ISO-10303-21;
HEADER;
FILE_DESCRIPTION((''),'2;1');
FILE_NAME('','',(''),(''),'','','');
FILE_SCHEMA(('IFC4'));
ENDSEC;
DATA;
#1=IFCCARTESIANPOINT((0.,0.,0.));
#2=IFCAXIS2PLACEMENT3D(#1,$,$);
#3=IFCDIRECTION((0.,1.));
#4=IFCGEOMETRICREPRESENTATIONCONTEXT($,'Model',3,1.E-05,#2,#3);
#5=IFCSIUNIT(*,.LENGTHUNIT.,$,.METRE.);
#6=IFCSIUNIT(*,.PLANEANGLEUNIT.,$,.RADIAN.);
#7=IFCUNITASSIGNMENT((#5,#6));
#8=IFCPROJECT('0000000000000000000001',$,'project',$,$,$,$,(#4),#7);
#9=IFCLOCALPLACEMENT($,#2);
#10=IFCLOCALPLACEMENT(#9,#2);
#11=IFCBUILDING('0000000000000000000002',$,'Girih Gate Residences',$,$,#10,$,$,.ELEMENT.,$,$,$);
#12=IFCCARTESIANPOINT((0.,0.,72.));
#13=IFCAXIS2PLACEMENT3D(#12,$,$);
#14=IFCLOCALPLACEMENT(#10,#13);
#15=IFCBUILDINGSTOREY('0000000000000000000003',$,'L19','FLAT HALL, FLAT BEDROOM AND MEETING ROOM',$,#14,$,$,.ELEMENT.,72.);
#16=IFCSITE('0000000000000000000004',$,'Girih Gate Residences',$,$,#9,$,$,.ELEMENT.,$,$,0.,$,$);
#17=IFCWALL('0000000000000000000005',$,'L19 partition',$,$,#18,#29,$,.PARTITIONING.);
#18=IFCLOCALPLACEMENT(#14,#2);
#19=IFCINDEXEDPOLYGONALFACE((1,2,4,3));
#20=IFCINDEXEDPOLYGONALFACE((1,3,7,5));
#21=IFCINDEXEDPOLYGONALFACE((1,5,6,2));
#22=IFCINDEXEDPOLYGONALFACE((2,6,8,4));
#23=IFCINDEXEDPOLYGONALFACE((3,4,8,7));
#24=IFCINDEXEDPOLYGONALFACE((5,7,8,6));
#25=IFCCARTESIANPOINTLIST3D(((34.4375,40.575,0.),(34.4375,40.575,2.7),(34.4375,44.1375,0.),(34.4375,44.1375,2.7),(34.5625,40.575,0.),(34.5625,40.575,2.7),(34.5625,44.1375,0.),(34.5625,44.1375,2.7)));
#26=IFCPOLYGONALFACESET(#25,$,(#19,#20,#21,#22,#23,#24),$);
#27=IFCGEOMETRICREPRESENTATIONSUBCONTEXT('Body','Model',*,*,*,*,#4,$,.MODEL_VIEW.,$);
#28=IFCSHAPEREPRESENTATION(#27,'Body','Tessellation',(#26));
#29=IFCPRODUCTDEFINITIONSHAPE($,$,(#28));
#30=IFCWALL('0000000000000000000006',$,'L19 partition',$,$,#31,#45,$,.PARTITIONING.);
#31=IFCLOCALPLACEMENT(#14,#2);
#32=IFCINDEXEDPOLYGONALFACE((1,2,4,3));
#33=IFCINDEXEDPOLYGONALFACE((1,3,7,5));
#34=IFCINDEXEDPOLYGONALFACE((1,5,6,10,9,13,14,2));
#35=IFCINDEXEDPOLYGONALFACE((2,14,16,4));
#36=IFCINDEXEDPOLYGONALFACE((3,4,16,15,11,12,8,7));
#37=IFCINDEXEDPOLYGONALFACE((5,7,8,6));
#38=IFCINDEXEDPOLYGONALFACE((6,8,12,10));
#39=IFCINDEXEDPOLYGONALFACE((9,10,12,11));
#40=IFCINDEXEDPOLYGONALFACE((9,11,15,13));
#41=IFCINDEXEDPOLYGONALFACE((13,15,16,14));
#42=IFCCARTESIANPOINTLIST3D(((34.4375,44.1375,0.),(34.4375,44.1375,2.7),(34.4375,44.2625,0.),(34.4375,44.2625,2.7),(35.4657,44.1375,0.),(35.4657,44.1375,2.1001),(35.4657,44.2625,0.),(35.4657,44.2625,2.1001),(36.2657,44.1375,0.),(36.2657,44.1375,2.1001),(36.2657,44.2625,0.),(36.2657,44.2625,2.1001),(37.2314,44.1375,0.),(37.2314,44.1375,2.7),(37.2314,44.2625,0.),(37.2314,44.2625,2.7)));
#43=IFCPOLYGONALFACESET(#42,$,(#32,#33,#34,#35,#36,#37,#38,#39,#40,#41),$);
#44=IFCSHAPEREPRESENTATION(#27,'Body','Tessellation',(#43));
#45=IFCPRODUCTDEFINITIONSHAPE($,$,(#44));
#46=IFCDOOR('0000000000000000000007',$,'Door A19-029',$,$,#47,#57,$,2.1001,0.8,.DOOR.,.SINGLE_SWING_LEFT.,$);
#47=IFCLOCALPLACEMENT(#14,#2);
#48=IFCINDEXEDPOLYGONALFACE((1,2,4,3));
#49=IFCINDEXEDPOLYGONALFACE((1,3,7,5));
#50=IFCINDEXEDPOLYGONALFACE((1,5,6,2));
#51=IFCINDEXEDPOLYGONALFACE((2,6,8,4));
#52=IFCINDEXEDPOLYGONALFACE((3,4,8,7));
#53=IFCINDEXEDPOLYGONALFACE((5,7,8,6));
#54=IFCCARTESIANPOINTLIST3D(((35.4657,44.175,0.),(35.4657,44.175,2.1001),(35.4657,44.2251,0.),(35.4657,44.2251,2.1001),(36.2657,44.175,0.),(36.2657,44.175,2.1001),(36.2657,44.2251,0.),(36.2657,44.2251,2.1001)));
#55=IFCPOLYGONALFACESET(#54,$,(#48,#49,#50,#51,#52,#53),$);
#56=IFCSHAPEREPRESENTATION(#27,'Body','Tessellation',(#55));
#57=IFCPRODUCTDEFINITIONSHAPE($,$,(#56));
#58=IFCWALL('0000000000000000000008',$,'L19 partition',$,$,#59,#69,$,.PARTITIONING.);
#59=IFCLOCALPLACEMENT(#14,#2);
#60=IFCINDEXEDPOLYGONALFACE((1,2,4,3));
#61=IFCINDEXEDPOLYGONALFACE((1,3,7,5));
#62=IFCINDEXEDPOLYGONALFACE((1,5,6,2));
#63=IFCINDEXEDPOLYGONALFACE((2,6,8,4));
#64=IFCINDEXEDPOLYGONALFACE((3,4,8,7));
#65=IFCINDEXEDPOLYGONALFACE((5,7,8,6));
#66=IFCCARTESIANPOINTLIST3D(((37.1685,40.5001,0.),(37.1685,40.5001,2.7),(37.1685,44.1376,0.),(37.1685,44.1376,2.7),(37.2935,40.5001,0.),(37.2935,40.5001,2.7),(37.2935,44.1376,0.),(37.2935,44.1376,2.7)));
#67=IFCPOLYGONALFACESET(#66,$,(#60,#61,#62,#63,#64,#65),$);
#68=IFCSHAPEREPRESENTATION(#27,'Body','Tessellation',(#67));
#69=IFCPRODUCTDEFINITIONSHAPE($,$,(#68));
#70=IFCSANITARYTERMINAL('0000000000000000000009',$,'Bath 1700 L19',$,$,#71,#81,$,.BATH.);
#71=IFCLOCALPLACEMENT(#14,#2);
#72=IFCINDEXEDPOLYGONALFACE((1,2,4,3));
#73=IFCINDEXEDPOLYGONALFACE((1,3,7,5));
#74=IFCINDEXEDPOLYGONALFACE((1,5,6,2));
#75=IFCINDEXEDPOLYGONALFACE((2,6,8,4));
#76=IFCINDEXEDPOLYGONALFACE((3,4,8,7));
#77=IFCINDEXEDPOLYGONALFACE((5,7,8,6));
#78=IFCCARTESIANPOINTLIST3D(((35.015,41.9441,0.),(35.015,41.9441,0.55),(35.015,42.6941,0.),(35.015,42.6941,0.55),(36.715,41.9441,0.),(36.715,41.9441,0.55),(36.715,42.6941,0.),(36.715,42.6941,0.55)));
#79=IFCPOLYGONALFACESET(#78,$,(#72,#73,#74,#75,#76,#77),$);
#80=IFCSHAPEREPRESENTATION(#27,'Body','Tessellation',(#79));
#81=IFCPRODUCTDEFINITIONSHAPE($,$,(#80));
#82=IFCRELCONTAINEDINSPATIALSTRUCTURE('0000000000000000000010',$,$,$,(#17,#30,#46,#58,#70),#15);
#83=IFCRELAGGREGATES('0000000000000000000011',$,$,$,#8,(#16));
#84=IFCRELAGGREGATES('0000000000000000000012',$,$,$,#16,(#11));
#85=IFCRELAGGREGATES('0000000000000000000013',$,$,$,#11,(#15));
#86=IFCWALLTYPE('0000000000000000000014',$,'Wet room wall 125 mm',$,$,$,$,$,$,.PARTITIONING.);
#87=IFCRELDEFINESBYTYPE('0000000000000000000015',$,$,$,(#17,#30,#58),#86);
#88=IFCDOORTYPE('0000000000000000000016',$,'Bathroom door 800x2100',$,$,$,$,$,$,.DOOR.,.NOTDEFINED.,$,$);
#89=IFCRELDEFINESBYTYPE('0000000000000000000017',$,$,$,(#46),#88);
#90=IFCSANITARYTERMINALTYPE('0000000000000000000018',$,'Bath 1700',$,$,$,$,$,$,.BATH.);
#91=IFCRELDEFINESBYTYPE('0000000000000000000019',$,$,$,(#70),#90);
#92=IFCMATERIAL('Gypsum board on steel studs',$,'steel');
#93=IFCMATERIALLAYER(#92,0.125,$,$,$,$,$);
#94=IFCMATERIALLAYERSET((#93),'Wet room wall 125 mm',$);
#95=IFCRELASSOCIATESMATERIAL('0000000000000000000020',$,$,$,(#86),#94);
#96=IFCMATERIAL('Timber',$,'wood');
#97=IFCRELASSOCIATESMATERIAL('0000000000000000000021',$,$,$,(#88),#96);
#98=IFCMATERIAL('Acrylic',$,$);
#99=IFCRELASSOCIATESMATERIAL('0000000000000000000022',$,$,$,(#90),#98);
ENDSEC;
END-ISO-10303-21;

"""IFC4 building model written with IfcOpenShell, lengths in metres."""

from ifc_helpers import new_model, si_unit, direction, frame, frame_2d, origin, origin_2d, place, context, subcontext, project, spatial, rectangle, extrude, material, layer, layer_set, type_object, element, fill, save


model = new_model("IFC4")

# Units and contexts
model_context = context("Model", 3, precision=1e-05, world=origin(), true_north=direction((0.0, 1.0)))
body_context = subcontext(model_context, "Body", "Model", "MODEL_VIEW")
ifc_project = project(units=[si_unit("LENGTHUNIT", "METRE"), si_unit("PLANEANGLEUNIT", "RADIAN")], contexts=[model_context])

# Site, building, storey
site_placement = place(None, origin())
site = spatial("IfcSite", under=ifc_project, at=site_placement, Name="Girih Gate Residences", CompositionType="ELEMENT", RefElevation=0.0)
building_placement = place(site_placement, origin())
building = spatial("IfcBuilding", under=site, at=building_placement, Name="Girih Gate Residences", CompositionType="ELEMENT")
storey_placement = place(building_placement, frame((0.0, 0.0, 72.0)))
storey = spatial("IfcBuildingStorey", under=building, at=storey_placement, Name="L19", Description="FLAT HALL, FLAT BEDROOM AND MEETING ROOM", CompositionType="ELEMENT", Elevation=72.0)

# Shared definitions
ifc_material_1 = material(Name="Gypsum board on steel studs", Category="steel")

# Shared definitions
ifc_material_2 = material(Name="Timber", Category="wood")

# Wall
ifc_layer_1 = layer(ifc_material_1, 0.125)
ifc_layer_set_1 = layer_set([ifc_layer_1], Name="Wet room wall 125 mm")
wall_type_1 = type_object("IfcWallType", Name="Wet room wall 125 mm", PredefinedType="PARTITIONING", material=ifc_layer_set_1)
wall_1_placement = place(storey_placement, frame((34.5, 40.575, 0.0), z_axis=(0.0, 0.0, 1.0), x_axis=(0.0, 1.0, 0.0)))
element("IfcWall", 1, at=wall_1_placement, inside=storey, type_object=wall_type_1, Name="L19 partition", PredefinedType="PARTITIONING", context=body_context, shape_type="SweptSolid", body=[
    extrude(rectangle(XDim=3.5625, YDim=0.125, at=frame_2d((1.7812, 0.0))), origin(), (0.0, 0.0, 1.0), 2.7),
])

# Wall, opening, door
wall_2_placement = place(storey_placement, frame((37.2314, 44.2, 0.0), z_axis=(0.0, 0.0, 1.0), x_axis=(-1.0, 0.0, 0.0)))
wall_2 = element("IfcWall", 2, at=wall_2_placement, inside=storey, type_object=wall_type_1, Name="L19 partition", PredefinedType="PARTITIONING", context=body_context, shape_type="SweptSolid", body=[
    extrude(rectangle(XDim=2.7939, YDim=0.125, at=frame_2d((1.397, 0.0))), origin(), (0.0, 0.0, 1.0), 2.7),
])
opening_1_placement = place(wall_2_placement, frame((0.9658, 0.0, 0.0)))
opening_1 = element("IfcOpeningElement", 3, at=opening_1_placement, cuts=wall_2, PredefinedType="OPENING", context=body_context, shape_type="SweptSolid", body=[
    extrude(rectangle(XDim=0.8, YDim=2.1001, at=frame_2d((0.3999, 1.05))), frame((0.0, 0.0725, 0.0), z_axis=(0.0, -1.0, 0.0), x_axis=(1.0, 0.0, 0.0)), (0.0, 0.0, 1.0), 0.145),
])
door_type_1 = type_object("IfcDoorType", Name="Bathroom door 800x2100", OperationType="NOTDEFINED", PredefinedType="DOOR", material=ifc_material_2)
door_1_placement = place(opening_1_placement, origin())
door_1 = element("IfcDoor", 4, at=door_1_placement, inside=storey, type_object=door_type_1, Name="Door A19-029", OperationType="SINGLE_SWING_LEFT", OverallHeight=2.1001, OverallWidth=0.8, PredefinedType="DOOR", context=body_context, shape_type="SweptSolid", body=[
    extrude(rectangle(XDim=0.8, YDim=2.1001, at=frame_2d((0.3999, 1.05))), frame((0.0, 0.0249, 0.0), z_axis=(0.0, -1.0, 0.0), x_axis=(1.0, 0.0, 0.0)), (0.0, 0.0, 1.0), 0.05),
])
fill(opening_1, door_1)

# Wall
wall_3_placement = place(storey_placement, frame((37.231, 40.5, 0.0), z_axis=(0.0, 0.0, 1.0), x_axis=(0.0, 1.0, 0.0)))
element("IfcWall", 5, at=wall_3_placement, inside=storey, type_object=wall_type_1, Name="L19 partition", PredefinedType="PARTITIONING", context=body_context, shape_type="SweptSolid", body=[
    extrude(rectangle(XDim=3.6375, YDim=0.125, at=frame_2d((1.8188, 0.0))), origin(), (0.0, 0.0, 1.0), 2.7),
])

# Sanitary terminal
ifc_material_3 = material(Name="Acrylic")
sanitary_terminal_type = type_object("IfcSanitaryTerminalType", Name="Bath 1700", PredefinedType="BATH", material=ifc_material_3)
sanitary_terminal_placement = place(storey_placement, frame((35.865, 42.3191, 0.0), z_axis=(0.0, 0.0, 1.0), x_axis=(1.0, 0.0, 0.0)))
element("IfcSanitaryTerminal", 6, at=sanitary_terminal_placement, inside=storey, type_object=sanitary_terminal_type, Name="Bath 1700 L19", PredefinedType="BATH", context=body_context, shape_type="SweptSolid", body=[
    extrude(rectangle(XDim=1.7, YDim=0.75, at=origin_2d()), origin(), (0.0, 0.0, 1.0), 0.55),
])

save(model, "model.ifc")
